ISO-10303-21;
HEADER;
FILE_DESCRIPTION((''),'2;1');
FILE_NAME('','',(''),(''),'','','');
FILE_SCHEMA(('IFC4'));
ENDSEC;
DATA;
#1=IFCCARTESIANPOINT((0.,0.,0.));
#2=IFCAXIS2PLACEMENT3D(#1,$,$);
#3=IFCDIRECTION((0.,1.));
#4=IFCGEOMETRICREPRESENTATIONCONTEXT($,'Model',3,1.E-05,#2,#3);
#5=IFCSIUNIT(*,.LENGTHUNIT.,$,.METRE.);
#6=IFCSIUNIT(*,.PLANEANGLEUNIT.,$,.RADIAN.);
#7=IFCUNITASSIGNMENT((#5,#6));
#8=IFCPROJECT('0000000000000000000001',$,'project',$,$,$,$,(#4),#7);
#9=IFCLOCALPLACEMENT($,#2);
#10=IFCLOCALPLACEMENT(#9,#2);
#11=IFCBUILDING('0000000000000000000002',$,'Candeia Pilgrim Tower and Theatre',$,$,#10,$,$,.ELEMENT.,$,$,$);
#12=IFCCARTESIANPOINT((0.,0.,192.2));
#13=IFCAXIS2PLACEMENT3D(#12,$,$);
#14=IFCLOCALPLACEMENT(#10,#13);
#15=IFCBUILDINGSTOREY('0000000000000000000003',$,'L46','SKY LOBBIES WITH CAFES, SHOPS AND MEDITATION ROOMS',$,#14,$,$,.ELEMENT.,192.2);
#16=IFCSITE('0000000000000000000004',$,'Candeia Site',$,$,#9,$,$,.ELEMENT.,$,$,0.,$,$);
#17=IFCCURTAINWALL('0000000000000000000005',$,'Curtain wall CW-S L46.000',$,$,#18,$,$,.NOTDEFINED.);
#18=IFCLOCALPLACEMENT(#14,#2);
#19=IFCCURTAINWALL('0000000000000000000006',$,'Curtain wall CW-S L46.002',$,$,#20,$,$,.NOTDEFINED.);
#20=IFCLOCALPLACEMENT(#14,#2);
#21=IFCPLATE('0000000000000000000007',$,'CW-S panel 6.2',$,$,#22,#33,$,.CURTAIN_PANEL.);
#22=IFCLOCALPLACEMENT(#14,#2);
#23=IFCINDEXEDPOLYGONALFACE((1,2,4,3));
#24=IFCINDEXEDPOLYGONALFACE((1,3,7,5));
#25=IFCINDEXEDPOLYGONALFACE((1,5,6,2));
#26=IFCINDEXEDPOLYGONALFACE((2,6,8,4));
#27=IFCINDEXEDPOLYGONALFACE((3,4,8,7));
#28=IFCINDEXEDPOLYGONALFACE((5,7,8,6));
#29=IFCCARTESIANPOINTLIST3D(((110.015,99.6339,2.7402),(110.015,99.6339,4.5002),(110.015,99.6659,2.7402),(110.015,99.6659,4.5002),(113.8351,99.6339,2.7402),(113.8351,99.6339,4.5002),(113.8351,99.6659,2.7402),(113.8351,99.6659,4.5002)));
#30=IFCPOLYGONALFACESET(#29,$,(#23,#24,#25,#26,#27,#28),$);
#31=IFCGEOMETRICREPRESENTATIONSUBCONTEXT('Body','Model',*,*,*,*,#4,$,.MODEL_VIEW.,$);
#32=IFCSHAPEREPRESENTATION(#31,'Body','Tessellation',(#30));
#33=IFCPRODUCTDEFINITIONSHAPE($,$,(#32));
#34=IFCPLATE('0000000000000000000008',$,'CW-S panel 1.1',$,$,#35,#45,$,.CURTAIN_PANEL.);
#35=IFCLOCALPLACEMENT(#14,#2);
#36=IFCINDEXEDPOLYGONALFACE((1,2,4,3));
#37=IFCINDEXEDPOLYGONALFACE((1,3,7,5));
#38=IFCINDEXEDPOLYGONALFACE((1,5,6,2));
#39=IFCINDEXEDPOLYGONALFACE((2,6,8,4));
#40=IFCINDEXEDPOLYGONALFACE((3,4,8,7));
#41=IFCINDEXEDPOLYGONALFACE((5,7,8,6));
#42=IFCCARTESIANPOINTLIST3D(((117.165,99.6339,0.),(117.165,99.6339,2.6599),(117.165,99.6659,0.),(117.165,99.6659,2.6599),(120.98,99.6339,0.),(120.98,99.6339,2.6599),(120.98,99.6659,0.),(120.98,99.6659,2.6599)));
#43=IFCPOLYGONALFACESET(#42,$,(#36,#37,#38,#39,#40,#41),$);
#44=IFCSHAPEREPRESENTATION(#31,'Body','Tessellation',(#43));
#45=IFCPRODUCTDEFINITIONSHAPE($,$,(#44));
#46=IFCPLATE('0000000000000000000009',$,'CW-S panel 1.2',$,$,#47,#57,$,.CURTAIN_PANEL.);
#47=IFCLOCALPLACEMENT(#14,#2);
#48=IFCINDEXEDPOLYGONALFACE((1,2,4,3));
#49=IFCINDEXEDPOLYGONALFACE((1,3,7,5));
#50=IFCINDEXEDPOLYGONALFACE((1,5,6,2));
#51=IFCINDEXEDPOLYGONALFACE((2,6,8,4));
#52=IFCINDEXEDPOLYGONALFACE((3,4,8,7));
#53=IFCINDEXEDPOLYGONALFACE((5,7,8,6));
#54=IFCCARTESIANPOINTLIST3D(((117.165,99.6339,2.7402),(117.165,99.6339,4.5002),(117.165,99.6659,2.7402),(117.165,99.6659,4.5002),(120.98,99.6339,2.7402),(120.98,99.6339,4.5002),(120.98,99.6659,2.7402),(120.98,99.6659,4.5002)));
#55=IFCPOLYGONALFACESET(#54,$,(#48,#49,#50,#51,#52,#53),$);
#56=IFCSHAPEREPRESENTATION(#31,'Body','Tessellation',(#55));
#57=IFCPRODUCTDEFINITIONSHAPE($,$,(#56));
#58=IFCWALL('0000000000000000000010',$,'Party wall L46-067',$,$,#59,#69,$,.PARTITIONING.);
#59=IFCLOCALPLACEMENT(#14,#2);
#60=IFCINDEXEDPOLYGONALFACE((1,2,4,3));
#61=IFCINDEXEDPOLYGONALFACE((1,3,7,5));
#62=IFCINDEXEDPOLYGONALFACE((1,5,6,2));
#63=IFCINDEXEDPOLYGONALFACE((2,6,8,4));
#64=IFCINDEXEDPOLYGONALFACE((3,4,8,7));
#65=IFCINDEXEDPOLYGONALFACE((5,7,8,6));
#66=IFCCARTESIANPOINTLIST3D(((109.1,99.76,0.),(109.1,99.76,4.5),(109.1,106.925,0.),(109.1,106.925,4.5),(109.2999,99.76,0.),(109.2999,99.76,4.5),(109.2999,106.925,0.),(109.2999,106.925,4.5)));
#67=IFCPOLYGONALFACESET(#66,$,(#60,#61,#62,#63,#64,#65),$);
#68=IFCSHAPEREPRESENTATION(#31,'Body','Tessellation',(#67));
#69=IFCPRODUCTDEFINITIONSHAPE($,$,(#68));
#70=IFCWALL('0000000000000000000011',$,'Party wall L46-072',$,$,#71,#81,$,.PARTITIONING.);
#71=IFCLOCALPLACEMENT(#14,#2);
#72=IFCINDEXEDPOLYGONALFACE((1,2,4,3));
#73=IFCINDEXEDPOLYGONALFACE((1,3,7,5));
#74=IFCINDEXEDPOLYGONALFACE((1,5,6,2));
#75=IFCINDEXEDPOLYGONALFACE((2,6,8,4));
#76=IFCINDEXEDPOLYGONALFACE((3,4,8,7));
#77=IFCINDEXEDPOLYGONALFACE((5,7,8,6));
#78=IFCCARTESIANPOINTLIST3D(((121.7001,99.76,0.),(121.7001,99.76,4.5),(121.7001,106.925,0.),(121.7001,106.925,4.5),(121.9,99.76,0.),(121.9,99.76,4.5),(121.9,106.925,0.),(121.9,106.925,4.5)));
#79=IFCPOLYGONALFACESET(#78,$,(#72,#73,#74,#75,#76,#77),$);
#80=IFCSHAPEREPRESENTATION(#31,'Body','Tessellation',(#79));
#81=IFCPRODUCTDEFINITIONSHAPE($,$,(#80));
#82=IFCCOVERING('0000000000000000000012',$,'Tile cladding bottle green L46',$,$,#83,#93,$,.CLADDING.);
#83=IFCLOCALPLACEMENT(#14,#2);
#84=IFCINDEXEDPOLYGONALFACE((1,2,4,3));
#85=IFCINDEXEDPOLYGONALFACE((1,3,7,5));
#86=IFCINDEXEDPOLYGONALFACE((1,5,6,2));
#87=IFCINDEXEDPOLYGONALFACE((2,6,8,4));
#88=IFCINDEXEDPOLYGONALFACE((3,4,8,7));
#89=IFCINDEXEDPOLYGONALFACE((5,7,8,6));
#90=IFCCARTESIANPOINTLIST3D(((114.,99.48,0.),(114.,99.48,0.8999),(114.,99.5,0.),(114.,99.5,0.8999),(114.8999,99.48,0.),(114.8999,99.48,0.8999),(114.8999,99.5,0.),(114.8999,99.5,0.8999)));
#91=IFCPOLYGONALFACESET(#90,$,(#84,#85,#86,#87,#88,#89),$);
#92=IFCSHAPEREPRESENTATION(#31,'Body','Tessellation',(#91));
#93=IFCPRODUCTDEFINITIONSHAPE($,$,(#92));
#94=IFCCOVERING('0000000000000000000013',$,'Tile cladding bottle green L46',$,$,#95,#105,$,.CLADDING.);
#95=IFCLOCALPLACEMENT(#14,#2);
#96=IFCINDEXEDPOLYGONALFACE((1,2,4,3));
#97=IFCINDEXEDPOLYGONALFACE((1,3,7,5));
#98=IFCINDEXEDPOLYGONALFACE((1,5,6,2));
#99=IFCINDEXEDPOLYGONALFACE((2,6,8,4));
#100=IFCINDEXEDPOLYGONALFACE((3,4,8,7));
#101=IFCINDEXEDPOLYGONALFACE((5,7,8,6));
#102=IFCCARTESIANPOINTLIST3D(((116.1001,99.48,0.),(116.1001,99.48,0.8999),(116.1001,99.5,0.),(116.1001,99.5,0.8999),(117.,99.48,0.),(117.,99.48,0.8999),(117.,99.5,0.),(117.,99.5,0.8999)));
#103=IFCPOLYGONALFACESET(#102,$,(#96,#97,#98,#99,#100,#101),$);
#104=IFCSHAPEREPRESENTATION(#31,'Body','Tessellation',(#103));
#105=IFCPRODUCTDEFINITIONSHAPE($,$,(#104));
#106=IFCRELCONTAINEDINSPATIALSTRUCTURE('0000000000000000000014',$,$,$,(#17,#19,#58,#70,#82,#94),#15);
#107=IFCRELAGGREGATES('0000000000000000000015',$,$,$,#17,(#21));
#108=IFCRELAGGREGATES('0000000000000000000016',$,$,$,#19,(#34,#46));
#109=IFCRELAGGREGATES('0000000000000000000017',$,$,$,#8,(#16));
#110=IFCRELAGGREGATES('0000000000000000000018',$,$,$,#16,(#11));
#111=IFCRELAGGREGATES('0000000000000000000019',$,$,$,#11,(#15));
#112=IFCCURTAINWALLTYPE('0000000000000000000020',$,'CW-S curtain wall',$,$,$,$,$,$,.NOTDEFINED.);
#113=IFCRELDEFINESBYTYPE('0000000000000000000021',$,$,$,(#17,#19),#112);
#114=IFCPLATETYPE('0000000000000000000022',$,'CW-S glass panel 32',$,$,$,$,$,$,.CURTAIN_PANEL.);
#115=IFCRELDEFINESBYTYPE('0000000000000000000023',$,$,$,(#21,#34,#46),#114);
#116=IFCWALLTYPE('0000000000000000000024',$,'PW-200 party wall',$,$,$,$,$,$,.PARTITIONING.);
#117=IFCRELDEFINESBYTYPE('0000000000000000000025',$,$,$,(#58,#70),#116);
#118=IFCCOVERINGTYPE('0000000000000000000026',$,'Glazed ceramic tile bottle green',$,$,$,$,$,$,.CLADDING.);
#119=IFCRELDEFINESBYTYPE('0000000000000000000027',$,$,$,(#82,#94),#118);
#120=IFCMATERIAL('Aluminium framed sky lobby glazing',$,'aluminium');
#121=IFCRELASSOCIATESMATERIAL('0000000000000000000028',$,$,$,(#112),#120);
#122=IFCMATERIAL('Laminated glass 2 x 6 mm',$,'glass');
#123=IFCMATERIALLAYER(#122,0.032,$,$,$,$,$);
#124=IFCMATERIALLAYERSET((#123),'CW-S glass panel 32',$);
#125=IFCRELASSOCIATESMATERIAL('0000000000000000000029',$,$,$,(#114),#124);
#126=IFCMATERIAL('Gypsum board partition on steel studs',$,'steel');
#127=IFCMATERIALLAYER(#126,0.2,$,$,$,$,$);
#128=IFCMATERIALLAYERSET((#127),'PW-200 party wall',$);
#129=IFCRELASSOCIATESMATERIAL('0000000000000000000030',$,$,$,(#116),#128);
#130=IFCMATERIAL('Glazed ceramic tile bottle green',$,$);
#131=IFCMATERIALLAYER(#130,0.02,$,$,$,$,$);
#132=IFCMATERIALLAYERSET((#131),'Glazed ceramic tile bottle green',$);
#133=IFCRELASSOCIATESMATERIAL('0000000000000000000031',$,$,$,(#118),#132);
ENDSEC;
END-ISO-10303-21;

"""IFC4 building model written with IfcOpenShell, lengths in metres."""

from ifc_helpers import new_model, si_unit, direction, frame, frame_2d, origin, origin_2d, place, context, subcontext, project, spatial, rectangle, extrude, material, layer, layer_set, type_object, element, aggregate, save


model = new_model("IFC4")

# Units and contexts
model_context = context("Model", 3, precision=1e-05, world=origin(), true_north=direction((0.0, 1.0)))
body_context = subcontext(model_context, "Body", "Model", "MODEL_VIEW")
ifc_project = project(units=[si_unit("LENGTHUNIT", "METRE"), si_unit("PLANEANGLEUNIT", "RADIAN")], contexts=[model_context])

# Site, building, storey
site_placement = place(None, origin())
site = spatial("IfcSite", under=ifc_project, at=site_placement, Name="Candeia Site", CompositionType="ELEMENT", RefElevation=0.0)
building_placement = place(site_placement, origin())
building = spatial("IfcBuilding", under=site, at=building_placement, Name="Candeia Pilgrim Tower and Theatre", CompositionType="ELEMENT")
storey_placement = place(building_placement, frame((0.0, 0.0, 192.2)))
storey = spatial("IfcBuildingStorey", under=building, at=storey_placement, Name="L46", Description="SKY LOBBIES WITH CAFES, SHOPS AND MEDITATION ROOMS", CompositionType="ELEMENT", Elevation=192.2)

# Curtain walls
ifc_material_1 = material(Name="Aluminium framed sky lobby glazing", Category="aluminium")
curtain_wall_type = type_object("IfcCurtainWallType", Name="CW-S curtain wall", PredefinedType="NOTDEFINED", material=ifc_material_1)
curtain_wall_1_placement = place(storey_placement, origin())
curtain_wall_1 = element("IfcCurtainWall", 1, at=curtain_wall_1_placement, inside=storey, type_object=curtain_wall_type, Name="Curtain wall CW-S L46.000", PredefinedType="NOTDEFINED")
curtain_wall_2_placement = place(storey_placement, origin())
curtain_wall_2 = element("IfcCurtainWall", 2, at=curtain_wall_2_placement, inside=storey, type_object=curtain_wall_type, Name="Curtain wall CW-S L46.002", PredefinedType="NOTDEFINED")

# Plates
ifc_material_2 = material(Name="Laminated glass 2 x 6 mm", Category="glass")
ifc_layer_1 = layer(ifc_material_2, 0.032)
ifc_layer_set_1 = layer_set([ifc_layer_1], Name="CW-S glass panel 32")
plate_type = type_object("IfcPlateType", Name="CW-S glass panel 32", PredefinedType="CURTAIN_PANEL", material=ifc_layer_set_1)
plate_1_placement = place(storey_placement, frame((111.925, 99.6499, 2.7402), z_axis=(0.0, 0.0, 1.0), x_axis=(1.0, 0.0, 0.0)))
plate_1 = element("IfcPlate", 3, at=plate_1_placement, type_object=plate_type, Name="CW-S panel 6.2", PredefinedType="CURTAIN_PANEL", context=body_context, shape_type="SweptSolid", body=[
    extrude(rectangle(XDim=3.8201, YDim=0.032, at=origin_2d()), origin(), (0.0, 0.0, 1.0), 1.76),
])
aggregate(curtain_wall_1, [plate_1])
plate_2_placement = place(storey_placement, frame((119.0725, 99.6499, 0.0), z_axis=(0.0, 0.0, 1.0), x_axis=(1.0, 0.0, 0.0)))
plate_2 = element("IfcPlate", 4, at=plate_2_placement, type_object=plate_type, Name="CW-S panel 1.1", PredefinedType="CURTAIN_PANEL", context=body_context, shape_type="SweptSolid", body=[
    extrude(rectangle(XDim=3.8149, YDim=0.032, at=origin_2d()), origin(), (0.0, 0.0, 1.0), 2.6599),
])
plate_3_placement = place(storey_placement, frame((119.0725, 99.6499, 2.7402), z_axis=(0.0, 0.0, 1.0), x_axis=(1.0, 0.0, 0.0)))
plate_3 = element("IfcPlate", 5, at=plate_3_placement, type_object=plate_type, Name="CW-S panel 1.2", PredefinedType="CURTAIN_PANEL", context=body_context, shape_type="SweptSolid", body=[
    extrude(rectangle(XDim=3.8149, YDim=0.032, at=origin_2d()), origin(), (0.0, 0.0, 1.0), 1.76),
])
aggregate(curtain_wall_2, [plate_2, plate_3])

# Walls
ifc_material_3 = material(Name="Gypsum board partition on steel studs", Category="steel")
ifc_layer_2 = layer(ifc_material_3, 0.2)
ifc_layer_set_2 = layer_set([ifc_layer_2], Name="PW-200 party wall")
wall_type_1 = type_object("IfcWallType", Name="PW-200 party wall", PredefinedType="PARTITIONING", material=ifc_layer_set_2)
for number, where, z_axis, x_axis, name in (
    (6, (109.2, 99.76, 0.0), (0.0, 0.0, 1.0), (0.0, 1.0, 0.0), "Party wall L46-067"),
    (7, (121.8, 99.76, 0.0), (0.0, 0.0, 1.0), (0.0, 1.0, 0.0), "Party wall L46-072"),
):
    element("IfcWall", number, at=place(storey_placement, frame(where, z_axis=z_axis, x_axis=x_axis)), inside=storey, type_object=wall_type_1, Name=name, PredefinedType="PARTITIONING", context=body_context, shape_type="SweptSolid", body=[
        extrude(rectangle(XDim=7.165, YDim=0.2, at=frame_2d((3.5825, 0.0))), origin(), (0.0, 0.0, 1.0), 4.5),
    ])

# Coverings
ifc_material_4 = material(Name="Glazed ceramic tile bottle green")
ifc_layer_3 = layer(ifc_material_4, 0.02)
ifc_layer_set_3 = layer_set([ifc_layer_3], Name="Glazed ceramic tile bottle green")
covering_type = type_object("IfcCoveringType", Name="Glazed ceramic tile bottle green", PredefinedType="CLADDING", material=ifc_layer_set_3)
for number, where, z_axis, x_axis, name in (
    (8, (114.45, 99.49, 0.0), (0.0, 0.0, 1.0), (1.0, 0.0, 0.0), "Tile cladding bottle green L46"),
    (9, (116.55, 99.49, 0.0), (0.0, 0.0, 1.0), (1.0, 0.0, 0.0), "Tile cladding bottle green L46"),
):
    element("IfcCovering", number, at=place(storey_placement, frame(where, z_axis=z_axis, x_axis=x_axis)), inside=storey, type_object=covering_type, Name=name, PredefinedType="CLADDING", context=body_context, shape_type="SweptSolid", body=[
        extrude(rectangle(XDim=0.8999, YDim=0.02, at=origin_2d()), origin(), (0.0, 0.0, 1.0), 0.8999),
    ])

save(model, "model.ifc")
